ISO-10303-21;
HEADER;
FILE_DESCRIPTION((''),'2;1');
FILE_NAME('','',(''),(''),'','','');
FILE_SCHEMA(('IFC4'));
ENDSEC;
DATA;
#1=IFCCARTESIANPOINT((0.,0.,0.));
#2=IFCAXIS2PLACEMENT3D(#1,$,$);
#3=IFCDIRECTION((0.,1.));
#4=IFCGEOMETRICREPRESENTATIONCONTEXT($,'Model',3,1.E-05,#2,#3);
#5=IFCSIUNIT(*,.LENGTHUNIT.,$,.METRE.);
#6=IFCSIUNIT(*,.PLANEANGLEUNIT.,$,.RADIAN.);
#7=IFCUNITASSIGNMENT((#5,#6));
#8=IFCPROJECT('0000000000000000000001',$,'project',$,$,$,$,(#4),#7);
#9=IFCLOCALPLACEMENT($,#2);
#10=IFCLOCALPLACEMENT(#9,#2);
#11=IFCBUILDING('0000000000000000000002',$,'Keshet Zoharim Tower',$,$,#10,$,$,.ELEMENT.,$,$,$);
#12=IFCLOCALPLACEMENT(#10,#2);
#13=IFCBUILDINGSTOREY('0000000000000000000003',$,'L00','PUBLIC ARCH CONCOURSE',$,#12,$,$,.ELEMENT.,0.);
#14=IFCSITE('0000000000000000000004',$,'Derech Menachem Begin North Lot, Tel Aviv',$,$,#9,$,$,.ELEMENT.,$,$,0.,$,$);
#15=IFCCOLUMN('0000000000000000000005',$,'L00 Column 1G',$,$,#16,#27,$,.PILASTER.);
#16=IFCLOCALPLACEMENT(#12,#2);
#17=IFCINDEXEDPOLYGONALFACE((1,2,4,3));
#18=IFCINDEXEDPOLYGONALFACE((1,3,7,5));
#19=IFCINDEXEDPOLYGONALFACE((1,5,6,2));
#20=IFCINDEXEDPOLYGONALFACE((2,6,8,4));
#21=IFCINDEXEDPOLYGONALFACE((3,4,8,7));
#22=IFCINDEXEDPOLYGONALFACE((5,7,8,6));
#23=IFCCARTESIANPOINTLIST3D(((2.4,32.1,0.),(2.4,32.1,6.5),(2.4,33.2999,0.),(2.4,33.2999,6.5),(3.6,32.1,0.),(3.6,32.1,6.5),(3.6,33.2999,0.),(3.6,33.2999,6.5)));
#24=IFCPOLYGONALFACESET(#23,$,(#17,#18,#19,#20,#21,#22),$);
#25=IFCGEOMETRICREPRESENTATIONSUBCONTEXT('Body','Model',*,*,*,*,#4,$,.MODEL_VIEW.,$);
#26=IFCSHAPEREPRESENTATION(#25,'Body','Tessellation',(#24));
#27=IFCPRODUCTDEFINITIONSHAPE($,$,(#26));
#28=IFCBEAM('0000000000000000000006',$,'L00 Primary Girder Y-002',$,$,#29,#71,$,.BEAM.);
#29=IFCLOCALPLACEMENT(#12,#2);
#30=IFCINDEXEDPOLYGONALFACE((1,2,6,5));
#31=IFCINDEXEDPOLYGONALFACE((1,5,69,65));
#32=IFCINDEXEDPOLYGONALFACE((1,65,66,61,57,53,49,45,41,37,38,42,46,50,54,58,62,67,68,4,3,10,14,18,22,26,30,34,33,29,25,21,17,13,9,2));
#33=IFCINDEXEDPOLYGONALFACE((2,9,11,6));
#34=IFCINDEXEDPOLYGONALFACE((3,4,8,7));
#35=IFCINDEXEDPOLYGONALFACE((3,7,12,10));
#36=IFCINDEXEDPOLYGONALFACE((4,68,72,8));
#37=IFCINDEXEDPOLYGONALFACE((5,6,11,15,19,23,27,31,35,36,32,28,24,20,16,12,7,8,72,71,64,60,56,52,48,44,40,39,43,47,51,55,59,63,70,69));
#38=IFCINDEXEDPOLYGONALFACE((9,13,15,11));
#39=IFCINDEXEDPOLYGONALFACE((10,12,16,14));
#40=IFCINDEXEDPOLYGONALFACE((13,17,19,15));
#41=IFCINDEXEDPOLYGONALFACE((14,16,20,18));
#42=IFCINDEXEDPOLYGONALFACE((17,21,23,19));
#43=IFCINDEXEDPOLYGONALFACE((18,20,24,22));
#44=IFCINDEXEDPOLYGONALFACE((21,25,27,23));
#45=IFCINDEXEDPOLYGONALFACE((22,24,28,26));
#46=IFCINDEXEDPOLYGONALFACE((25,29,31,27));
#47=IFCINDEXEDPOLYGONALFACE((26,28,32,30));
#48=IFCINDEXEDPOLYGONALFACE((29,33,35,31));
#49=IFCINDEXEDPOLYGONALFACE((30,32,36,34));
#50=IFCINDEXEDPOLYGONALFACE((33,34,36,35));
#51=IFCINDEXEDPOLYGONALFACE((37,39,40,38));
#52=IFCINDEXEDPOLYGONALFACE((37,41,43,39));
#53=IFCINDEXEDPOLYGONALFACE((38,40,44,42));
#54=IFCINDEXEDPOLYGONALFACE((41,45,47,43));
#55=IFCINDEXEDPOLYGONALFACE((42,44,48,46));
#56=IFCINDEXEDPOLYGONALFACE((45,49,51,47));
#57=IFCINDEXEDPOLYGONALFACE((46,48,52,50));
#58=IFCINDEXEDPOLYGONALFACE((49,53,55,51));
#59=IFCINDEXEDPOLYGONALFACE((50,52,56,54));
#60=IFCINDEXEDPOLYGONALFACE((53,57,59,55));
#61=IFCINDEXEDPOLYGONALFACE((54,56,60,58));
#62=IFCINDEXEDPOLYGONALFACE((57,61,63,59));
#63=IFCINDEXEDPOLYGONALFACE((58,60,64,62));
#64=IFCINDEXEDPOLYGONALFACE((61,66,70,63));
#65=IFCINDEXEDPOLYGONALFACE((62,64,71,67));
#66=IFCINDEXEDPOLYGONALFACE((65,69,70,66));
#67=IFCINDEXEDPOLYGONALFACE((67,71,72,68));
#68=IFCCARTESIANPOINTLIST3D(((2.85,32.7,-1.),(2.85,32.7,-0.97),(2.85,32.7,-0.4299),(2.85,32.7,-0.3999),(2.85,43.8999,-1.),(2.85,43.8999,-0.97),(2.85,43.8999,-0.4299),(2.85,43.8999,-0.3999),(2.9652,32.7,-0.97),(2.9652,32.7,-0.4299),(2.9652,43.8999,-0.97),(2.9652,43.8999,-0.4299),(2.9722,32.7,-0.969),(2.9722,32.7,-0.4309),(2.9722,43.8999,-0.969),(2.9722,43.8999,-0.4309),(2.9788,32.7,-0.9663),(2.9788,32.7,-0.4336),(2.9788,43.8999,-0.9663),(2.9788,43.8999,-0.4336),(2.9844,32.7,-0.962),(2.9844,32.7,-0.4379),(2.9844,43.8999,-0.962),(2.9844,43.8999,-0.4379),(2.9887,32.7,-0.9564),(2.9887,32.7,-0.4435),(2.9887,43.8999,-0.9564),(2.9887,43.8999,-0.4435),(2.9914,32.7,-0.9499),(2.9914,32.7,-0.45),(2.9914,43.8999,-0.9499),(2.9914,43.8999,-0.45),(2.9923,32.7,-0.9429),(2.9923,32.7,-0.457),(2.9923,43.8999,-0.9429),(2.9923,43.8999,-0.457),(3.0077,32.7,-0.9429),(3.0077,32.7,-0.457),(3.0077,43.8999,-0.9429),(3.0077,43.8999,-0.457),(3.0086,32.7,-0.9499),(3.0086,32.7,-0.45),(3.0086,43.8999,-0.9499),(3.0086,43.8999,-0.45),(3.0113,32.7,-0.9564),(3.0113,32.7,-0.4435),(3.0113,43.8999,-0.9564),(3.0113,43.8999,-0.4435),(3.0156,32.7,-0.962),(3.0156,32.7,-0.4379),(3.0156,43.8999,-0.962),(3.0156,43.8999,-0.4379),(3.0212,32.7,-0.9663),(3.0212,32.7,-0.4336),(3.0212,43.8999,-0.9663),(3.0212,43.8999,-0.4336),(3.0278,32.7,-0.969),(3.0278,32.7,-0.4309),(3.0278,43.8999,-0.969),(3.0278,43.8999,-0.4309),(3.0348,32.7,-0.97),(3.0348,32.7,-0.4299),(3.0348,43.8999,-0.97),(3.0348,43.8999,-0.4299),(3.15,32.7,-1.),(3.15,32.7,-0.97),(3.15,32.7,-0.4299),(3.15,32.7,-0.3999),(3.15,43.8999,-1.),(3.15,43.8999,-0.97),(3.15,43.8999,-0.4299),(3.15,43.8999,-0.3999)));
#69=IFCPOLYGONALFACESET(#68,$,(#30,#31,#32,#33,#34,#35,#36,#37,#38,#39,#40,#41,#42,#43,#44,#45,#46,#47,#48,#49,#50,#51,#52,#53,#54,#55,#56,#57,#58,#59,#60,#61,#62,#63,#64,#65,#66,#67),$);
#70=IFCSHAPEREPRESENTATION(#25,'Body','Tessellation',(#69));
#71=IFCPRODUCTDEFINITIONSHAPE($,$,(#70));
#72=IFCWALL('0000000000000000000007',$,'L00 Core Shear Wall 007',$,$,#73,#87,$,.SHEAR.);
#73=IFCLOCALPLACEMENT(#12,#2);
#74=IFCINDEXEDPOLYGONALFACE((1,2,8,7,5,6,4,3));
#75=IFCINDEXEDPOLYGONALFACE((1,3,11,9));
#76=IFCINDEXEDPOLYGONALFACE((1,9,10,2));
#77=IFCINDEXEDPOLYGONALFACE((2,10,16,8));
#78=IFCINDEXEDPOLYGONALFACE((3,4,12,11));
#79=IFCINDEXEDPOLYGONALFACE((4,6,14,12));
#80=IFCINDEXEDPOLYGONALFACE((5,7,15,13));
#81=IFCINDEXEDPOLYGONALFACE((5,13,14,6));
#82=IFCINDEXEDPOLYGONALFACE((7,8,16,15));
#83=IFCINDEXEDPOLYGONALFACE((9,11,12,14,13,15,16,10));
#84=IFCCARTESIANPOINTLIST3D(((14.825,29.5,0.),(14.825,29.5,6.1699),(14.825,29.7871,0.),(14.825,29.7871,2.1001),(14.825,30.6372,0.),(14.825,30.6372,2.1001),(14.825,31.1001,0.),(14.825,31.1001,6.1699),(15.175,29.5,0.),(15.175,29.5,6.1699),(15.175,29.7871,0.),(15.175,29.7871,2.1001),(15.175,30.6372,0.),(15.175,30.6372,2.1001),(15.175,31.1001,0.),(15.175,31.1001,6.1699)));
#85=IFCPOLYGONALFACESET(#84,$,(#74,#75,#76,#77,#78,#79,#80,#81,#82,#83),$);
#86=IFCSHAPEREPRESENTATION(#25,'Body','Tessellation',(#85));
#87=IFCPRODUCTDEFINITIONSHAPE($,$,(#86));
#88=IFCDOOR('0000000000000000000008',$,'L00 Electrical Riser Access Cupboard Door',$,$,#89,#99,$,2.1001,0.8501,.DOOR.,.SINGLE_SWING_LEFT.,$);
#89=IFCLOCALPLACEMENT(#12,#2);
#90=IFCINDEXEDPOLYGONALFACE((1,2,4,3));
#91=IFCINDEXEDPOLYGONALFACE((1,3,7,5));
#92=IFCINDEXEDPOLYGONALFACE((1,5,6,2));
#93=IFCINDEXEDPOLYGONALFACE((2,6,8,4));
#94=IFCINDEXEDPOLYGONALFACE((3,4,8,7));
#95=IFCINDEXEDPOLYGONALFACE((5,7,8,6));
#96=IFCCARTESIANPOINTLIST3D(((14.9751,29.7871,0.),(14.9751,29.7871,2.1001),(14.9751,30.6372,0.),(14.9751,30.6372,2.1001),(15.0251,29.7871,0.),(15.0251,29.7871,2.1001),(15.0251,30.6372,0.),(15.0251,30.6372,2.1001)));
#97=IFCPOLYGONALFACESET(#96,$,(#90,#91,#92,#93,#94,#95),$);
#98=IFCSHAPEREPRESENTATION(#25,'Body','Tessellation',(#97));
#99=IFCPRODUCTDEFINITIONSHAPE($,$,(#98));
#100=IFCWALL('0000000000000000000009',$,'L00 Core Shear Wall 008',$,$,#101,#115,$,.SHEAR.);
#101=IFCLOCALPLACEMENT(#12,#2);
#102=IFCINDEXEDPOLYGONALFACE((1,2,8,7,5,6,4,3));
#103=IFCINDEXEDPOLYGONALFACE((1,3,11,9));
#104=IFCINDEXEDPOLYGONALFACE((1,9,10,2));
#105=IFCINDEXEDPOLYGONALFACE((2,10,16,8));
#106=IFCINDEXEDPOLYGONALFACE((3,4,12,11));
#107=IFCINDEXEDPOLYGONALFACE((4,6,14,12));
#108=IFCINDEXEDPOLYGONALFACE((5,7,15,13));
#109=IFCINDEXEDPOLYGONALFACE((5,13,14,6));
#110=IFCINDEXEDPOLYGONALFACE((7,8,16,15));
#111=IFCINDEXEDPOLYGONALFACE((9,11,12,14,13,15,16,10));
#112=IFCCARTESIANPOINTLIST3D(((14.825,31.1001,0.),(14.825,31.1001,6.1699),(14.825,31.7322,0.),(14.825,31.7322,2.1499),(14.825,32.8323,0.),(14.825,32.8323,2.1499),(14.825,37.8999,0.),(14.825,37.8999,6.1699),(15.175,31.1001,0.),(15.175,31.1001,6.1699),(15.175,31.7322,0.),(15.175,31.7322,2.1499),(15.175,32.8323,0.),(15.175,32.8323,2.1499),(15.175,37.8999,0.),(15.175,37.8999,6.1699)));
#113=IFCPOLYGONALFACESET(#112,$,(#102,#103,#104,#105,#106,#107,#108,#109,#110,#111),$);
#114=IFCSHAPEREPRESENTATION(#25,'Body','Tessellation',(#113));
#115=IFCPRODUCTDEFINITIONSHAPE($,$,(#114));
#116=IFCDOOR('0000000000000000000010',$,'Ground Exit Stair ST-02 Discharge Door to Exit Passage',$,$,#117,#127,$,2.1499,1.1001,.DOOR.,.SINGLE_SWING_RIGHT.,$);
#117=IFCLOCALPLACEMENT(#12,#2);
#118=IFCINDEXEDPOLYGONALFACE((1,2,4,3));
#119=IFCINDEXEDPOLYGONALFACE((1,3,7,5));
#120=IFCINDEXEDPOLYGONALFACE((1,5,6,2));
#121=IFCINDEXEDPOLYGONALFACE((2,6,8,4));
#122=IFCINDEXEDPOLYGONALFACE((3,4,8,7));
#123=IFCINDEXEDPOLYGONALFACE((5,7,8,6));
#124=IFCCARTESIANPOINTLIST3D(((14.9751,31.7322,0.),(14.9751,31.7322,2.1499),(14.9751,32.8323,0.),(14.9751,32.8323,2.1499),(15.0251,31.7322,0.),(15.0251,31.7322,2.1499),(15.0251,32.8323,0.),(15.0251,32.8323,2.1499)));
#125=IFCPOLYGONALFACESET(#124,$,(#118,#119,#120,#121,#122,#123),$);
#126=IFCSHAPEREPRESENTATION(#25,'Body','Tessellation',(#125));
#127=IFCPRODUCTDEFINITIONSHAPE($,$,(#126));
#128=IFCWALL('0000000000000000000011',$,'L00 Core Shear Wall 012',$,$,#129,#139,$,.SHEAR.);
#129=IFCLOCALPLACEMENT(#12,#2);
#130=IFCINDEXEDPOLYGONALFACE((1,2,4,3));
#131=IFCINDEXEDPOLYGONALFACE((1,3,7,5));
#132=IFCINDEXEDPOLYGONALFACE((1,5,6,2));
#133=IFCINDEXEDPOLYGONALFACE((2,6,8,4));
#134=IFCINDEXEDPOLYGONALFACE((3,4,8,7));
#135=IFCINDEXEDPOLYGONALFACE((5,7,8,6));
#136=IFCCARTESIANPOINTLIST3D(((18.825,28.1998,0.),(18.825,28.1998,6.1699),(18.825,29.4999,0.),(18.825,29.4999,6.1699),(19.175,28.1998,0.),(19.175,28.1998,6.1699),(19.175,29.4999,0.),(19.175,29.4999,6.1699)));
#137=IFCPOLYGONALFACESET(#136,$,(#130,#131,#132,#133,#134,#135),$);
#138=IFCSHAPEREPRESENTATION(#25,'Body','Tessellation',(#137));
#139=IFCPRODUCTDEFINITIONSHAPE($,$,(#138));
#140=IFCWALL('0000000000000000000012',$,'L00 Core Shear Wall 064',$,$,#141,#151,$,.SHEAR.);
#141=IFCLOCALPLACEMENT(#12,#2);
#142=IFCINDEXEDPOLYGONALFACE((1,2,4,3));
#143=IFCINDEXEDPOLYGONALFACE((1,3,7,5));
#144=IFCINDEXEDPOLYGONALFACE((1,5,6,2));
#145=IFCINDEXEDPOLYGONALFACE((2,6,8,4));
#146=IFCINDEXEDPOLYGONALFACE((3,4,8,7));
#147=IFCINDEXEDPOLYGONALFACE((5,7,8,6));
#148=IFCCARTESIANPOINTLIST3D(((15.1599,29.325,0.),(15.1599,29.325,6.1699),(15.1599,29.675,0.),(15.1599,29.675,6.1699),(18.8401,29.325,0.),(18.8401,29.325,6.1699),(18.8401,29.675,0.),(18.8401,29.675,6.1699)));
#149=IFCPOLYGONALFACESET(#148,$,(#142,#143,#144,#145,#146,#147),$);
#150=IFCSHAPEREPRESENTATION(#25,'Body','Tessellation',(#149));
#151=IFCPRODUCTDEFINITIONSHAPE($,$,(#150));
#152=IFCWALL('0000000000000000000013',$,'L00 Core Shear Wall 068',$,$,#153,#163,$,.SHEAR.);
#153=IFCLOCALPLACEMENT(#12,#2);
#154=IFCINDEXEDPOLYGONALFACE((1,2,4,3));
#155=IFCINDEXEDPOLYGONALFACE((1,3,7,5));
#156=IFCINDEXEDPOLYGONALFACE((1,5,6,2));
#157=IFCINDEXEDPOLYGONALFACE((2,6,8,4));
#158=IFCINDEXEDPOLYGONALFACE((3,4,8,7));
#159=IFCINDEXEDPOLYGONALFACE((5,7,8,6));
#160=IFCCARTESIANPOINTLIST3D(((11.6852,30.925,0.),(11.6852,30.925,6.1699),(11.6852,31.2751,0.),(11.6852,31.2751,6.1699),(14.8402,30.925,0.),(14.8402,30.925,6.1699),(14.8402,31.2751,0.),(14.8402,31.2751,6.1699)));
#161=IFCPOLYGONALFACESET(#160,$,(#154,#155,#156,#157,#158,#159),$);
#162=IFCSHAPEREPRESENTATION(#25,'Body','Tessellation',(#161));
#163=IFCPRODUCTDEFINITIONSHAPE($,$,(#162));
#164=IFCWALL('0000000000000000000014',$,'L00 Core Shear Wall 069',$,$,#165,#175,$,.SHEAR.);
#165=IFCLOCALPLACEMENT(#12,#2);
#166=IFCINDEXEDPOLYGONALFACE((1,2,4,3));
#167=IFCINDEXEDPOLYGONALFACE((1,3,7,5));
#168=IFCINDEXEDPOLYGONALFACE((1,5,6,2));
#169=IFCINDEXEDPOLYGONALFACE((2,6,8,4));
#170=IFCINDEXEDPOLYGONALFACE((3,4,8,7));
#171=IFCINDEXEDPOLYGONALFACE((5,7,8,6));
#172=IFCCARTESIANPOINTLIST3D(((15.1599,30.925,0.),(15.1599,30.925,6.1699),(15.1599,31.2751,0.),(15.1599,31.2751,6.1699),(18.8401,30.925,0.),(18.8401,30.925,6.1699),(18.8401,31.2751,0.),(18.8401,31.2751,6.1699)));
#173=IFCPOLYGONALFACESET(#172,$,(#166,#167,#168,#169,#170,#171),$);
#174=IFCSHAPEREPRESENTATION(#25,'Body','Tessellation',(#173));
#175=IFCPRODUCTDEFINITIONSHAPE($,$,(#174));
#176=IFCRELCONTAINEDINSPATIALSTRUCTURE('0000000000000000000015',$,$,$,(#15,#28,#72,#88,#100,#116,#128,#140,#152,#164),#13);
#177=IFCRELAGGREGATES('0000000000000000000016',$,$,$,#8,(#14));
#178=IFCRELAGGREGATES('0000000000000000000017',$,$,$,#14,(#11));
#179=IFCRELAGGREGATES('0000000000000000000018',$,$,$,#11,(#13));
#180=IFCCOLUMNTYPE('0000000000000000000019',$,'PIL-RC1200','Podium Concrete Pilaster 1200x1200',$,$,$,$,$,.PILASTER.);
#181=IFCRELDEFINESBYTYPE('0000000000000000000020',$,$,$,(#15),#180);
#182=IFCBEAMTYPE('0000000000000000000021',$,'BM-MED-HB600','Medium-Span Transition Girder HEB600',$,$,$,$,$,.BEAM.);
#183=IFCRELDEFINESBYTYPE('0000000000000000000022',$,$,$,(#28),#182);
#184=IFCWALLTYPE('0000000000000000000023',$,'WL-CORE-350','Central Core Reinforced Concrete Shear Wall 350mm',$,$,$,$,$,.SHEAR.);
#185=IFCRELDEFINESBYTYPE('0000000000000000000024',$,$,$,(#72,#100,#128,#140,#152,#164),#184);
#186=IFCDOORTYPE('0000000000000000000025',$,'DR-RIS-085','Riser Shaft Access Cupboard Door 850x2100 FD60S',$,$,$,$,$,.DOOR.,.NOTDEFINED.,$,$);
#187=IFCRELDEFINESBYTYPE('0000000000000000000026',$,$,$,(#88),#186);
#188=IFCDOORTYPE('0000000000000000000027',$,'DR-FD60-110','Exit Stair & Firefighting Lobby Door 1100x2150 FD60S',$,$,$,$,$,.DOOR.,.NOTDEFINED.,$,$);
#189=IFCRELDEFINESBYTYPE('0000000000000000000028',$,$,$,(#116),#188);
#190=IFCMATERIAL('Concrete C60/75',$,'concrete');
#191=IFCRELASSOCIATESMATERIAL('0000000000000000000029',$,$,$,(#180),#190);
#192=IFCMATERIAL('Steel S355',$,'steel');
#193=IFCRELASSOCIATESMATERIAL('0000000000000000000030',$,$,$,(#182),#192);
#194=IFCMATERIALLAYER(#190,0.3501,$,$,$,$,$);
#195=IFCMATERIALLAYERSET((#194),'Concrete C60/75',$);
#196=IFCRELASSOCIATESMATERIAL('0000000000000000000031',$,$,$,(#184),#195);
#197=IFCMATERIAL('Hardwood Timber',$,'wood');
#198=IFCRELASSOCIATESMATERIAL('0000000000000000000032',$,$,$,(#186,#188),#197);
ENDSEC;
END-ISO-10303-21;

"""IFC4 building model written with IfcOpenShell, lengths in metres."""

from ifc_helpers import new_model, si_unit, direction, frame, frame_2d, origin, origin_2d, place, context, subcontext, project, spatial, rectangle, i_section, extrude, material, layer, layer_set, material_profile, profile_set, type_object, element, fill, save


model = new_model("IFC4")

# Units and contexts
model_context = context("Model", 3, precision=1e-05, world=origin(), true_north=direction((0.0, 1.0)))
body_context = subcontext(model_context, "Body", "Model", "MODEL_VIEW")
ifc_project = project(units=[si_unit("LENGTHUNIT", "METRE"), si_unit("PLANEANGLEUNIT", "RADIAN")], contexts=[model_context])

# Site, building, storey
site_placement = place(None, origin())
site = spatial("IfcSite", under=ifc_project, at=site_placement, Name="Derech Menachem Begin North Lot, Tel Aviv", CompositionType="ELEMENT", RefElevation=0.0)
building_placement = place(site_placement, origin())
building = spatial("IfcBuilding", under=site, at=building_placement, Name="Keshet Zoharim Tower", CompositionType="ELEMENT")
storey_placement = place(building_placement, origin())
storey = spatial("IfcBuildingStorey", under=building, at=storey_placement, Name="L00", Description="PUBLIC ARCH CONCOURSE", CompositionType="ELEMENT", Elevation=0.0)

# Column
ifc_material_1 = material(Name="Concrete C60/75", Category="concrete")
ifc_material_profile_1 = material_profile(ifc_material_1, rectangle(XDim=1.2, YDim=1.2, at=origin_2d()), Name="RC1200x1200")
ifc_profile_set_1 = profile_set([ifc_material_profile_1], Name="Concrete C60/75")
column_type = type_object("IfcColumnType", Name="PIL-RC1200", Description="Podium Concrete Pilaster 1200x1200", PredefinedType="PILASTER", material=ifc_profile_set_1)
column_placement = place(storey_placement, frame((3.0, 32.7, 0.0), z_axis=(0.0, 0.0, 1.0), x_axis=(1.0, 0.0, 0.0)))
element("IfcColumn", 1, at=column_placement, inside=storey, type_object=column_type, Name="L00 Column 1G", PredefinedType="PILASTER", context=body_context, shape_type="SweptSolid", body=[
    extrude(rectangle(XDim=1.2, YDim=1.2, at=origin_2d()), origin(), (0.0, 0.0, 1.0), 6.5),
])

# Beam
ifc_material_2 = material(Name="Steel S355", Category="steel")
ifc_material_profile_2 = material_profile(ifc_material_2, i_section(OverallWidth=0.3, OverallDepth=0.6001, WebThickness=0.0154, FlangeThickness=0.03, FilletRadius=0.0271, at=origin_2d()), Name="HEB600")
ifc_profile_set_2 = profile_set([ifc_material_profile_2], Name="Steel S355")
beam_type = type_object("IfcBeamType", Name="BM-MED-HB600", Description="Medium-Span Transition Girder HEB600", PredefinedType="BEAM", material=ifc_profile_set_2)
beam_placement = place(storey_placement, frame((3.0, 32.7, -0.7), z_axis=(0.0, 1.0, 0.0), x_axis=(-1.0, 0.0, 0.0)))
element("IfcBeam", 2, at=beam_placement, inside=storey, type_object=beam_type, Name="L00 Primary Girder Y-002", PredefinedType="BEAM", context=body_context, shape_type="SweptSolid", body=[
    extrude(i_section(OverallWidth=0.3, OverallDepth=0.6001, WebThickness=0.0154, FlangeThickness=0.03, FilletRadius=0.0271, at=origin_2d()), origin(), (0.0, 0.0, 1.0), 11.2),
])

# Walls, openings, doors
ifc_layer_1 = layer(ifc_material_1, 0.3501)
ifc_layer_set_1 = layer_set([ifc_layer_1], Name="Concrete C60/75")
wall_type_1 = type_object("IfcWallType", Name="WL-CORE-350", Description="Central Core Reinforced Concrete Shear Wall 350mm", PredefinedType="SHEAR", material=ifc_layer_set_1)
wall_1_placement = place(storey_placement, frame((15.0, 29.5, 0.0), z_axis=(0.0, 0.0, 1.0), x_axis=(0.0, 1.0, 0.0)))
wall_1 = element("IfcWall", 3, at=wall_1_placement, inside=storey, type_object=wall_type_1, Name="L00 Core Shear Wall 007", PredefinedType="SHEAR", context=body_context, shape_type="SweptSolid", body=[
    extrude(rectangle(XDim=1.6001, YDim=0.3501, at=frame_2d((0.8, 0.0))), origin(), (0.0, 0.0, 1.0), 6.1699),
])
opening_1_placement = place(wall_1_placement, frame((0.2871, 0.0, 0.0)))
opening_1 = element("IfcOpeningElement", 4, at=opening_1_placement, cuts=wall_1, PredefinedType="OPENING", context=body_context, shape_type="SweptSolid", body=[
    extrude(rectangle(XDim=0.8501, YDim=2.1001, at=frame_2d((0.425, 1.05))), frame((0.0, 0.1851, 0.0), z_axis=(0.0, -1.0, 0.0), x_axis=(1.0, 0.0, 0.0)), (0.0, 0.0, 1.0), 0.3701),
])
ifc_material_3 = material(Name="Hardwood Timber", Category="wood")
door_type_1 = type_object("IfcDoorType", Name="DR-RIS-085", Description="Riser Shaft Access Cupboard Door 850x2100 FD60S", OperationType="NOTDEFINED", PredefinedType="DOOR", material=ifc_material_3)
door_1_placement = place(opening_1_placement, origin())
door_1 = element("IfcDoor", 5, at=door_1_placement, inside=storey, type_object=door_type_1, Name="L00 Electrical Riser Access Cupboard Door", OperationType="SINGLE_SWING_LEFT", OverallHeight=2.1001, OverallWidth=0.8501, PredefinedType="DOOR", context=body_context, shape_type="SweptSolid", body=[
    extrude(rectangle(XDim=0.8501, YDim=2.1001, at=frame_2d((0.425, 1.05))), frame((0.0, 0.0249, 0.0), z_axis=(0.0, -1.0, 0.0), x_axis=(1.0, 0.0, 0.0)), (0.0, 0.0, 1.0), 0.05),
])
fill(opening_1, door_1)
wall_2_placement = place(storey_placement, frame((15.0, 31.1001, 0.0), z_axis=(0.0, 0.0, 1.0), x_axis=(0.0, 1.0, 0.0)))
wall_2 = element("IfcWall", 6, at=wall_2_placement, inside=storey, type_object=wall_type_1, Name="L00 Core Shear Wall 008", PredefinedType="SHEAR", context=body_context, shape_type="SweptSolid", body=[
    extrude(rectangle(XDim=6.7998, YDim=0.3501, at=frame_2d((3.3999, 0.0))), origin(), (0.0, 0.0, 1.0), 6.1699),
])
opening_2_placement = place(wall_2_placement, frame((0.6321, 0.0, 0.0)))
opening_2 = element("IfcOpeningElement", 7, at=opening_2_placement, cuts=wall_2, PredefinedType="OPENING", context=body_context, shape_type="SweptSolid", body=[
    extrude(rectangle(XDim=1.1001, YDim=2.1499, at=frame_2d((0.55, 1.075))), frame((0.0, 0.1851, 0.0), z_axis=(0.0, -1.0, 0.0), x_axis=(1.0, 0.0, 0.0)), (0.0, 0.0, 1.0), 0.3701),
])
door_type_2 = type_object("IfcDoorType", Name="DR-FD60-110", Description="Exit Stair & Firefighting Lobby Door 1100x2150 FD60S", OperationType="NOTDEFINED", PredefinedType="DOOR", material=ifc_material_3)
door_2_placement = place(opening_2_placement, origin())
door_2 = element("IfcDoor", 8, at=door_2_placement, inside=storey, type_object=door_type_2, Name="Ground Exit Stair ST-02 Discharge Door to Exit Passage", OperationType="SINGLE_SWING_RIGHT", OverallHeight=2.1499, OverallWidth=1.1001, PredefinedType="DOOR", context=body_context, shape_type="SweptSolid", body=[
    extrude(rectangle(XDim=1.1001, YDim=2.1499, at=frame_2d((0.55, 1.075))), frame((0.0, 0.0249, 0.0), z_axis=(0.0, -1.0, 0.0), x_axis=(1.0, 0.0, 0.0)), (0.0, 0.0, 1.0), 0.05),
])
fill(opening_2, door_2)

# Wall
wall_3_placement = place(storey_placement, frame((19.0, 28.2, 0.0), z_axis=(0.0, 0.0, 1.0), x_axis=(0.0, 1.0, 0.0)))
element("IfcWall", 9, at=wall_3_placement, inside=storey, type_object=wall_type_1, Name="L00 Core Shear Wall 012", PredefinedType="SHEAR", context=body_context, shape_type="SweptSolid", body=[
    extrude(rectangle(XDim=1.3, YDim=0.3501, at=frame_2d((0.6499, 0.0))), origin(), (0.0, 0.0, 1.0), 6.1699),
])

# Walls
wall_4_placement = place(storey_placement, frame((15.1599, 29.5, 0.0), z_axis=(0.0, 0.0, 1.0), x_axis=(1.0, 0.0, 0.0)))
element("IfcWall", 10, at=wall_4_placement, inside=storey, type_object=wall_type_1, Name="L00 Core Shear Wall 064", PredefinedType="SHEAR", context=body_context, shape_type="SweptSolid", body=[
    extrude(rectangle(XDim=3.6802, YDim=0.3501, at=frame_2d((1.8401, 0.0))), origin(), (0.0, 0.0, 1.0), 6.1699),
])
wall_5_placement = place(storey_placement, frame((11.6851, 31.1001, 0.0), z_axis=(0.0, 0.0, 1.0), x_axis=(1.0, 0.0, 0.0)))
element("IfcWall", 11, at=wall_5_placement, inside=storey, type_object=wall_type_1, Name="L00 Core Shear Wall 068", PredefinedType="SHEAR", context=body_context, shape_type="SweptSolid", body=[
    extrude(rectangle(XDim=3.155, YDim=0.3501, at=frame_2d((1.5776, 0.0))), origin(), (0.0, 0.0, 1.0), 6.1699),
])
wall_6_placement = place(storey_placement, frame((15.1599, 31.1001, 0.0), z_axis=(0.0, 0.0, 1.0), x_axis=(1.0, 0.0, 0.0)))
element("IfcWall", 12, at=wall_6_placement, inside=storey, type_object=wall_type_1, Name="L00 Core Shear Wall 069", PredefinedType="SHEAR", context=body_context, shape_type="SweptSolid", body=[
    extrude(rectangle(XDim=3.6802, YDim=0.3501, at=frame_2d((1.8401, 0.0))), origin(), (0.0, 0.0, 1.0), 6.1699),
])

save(model, "model.ifc")
